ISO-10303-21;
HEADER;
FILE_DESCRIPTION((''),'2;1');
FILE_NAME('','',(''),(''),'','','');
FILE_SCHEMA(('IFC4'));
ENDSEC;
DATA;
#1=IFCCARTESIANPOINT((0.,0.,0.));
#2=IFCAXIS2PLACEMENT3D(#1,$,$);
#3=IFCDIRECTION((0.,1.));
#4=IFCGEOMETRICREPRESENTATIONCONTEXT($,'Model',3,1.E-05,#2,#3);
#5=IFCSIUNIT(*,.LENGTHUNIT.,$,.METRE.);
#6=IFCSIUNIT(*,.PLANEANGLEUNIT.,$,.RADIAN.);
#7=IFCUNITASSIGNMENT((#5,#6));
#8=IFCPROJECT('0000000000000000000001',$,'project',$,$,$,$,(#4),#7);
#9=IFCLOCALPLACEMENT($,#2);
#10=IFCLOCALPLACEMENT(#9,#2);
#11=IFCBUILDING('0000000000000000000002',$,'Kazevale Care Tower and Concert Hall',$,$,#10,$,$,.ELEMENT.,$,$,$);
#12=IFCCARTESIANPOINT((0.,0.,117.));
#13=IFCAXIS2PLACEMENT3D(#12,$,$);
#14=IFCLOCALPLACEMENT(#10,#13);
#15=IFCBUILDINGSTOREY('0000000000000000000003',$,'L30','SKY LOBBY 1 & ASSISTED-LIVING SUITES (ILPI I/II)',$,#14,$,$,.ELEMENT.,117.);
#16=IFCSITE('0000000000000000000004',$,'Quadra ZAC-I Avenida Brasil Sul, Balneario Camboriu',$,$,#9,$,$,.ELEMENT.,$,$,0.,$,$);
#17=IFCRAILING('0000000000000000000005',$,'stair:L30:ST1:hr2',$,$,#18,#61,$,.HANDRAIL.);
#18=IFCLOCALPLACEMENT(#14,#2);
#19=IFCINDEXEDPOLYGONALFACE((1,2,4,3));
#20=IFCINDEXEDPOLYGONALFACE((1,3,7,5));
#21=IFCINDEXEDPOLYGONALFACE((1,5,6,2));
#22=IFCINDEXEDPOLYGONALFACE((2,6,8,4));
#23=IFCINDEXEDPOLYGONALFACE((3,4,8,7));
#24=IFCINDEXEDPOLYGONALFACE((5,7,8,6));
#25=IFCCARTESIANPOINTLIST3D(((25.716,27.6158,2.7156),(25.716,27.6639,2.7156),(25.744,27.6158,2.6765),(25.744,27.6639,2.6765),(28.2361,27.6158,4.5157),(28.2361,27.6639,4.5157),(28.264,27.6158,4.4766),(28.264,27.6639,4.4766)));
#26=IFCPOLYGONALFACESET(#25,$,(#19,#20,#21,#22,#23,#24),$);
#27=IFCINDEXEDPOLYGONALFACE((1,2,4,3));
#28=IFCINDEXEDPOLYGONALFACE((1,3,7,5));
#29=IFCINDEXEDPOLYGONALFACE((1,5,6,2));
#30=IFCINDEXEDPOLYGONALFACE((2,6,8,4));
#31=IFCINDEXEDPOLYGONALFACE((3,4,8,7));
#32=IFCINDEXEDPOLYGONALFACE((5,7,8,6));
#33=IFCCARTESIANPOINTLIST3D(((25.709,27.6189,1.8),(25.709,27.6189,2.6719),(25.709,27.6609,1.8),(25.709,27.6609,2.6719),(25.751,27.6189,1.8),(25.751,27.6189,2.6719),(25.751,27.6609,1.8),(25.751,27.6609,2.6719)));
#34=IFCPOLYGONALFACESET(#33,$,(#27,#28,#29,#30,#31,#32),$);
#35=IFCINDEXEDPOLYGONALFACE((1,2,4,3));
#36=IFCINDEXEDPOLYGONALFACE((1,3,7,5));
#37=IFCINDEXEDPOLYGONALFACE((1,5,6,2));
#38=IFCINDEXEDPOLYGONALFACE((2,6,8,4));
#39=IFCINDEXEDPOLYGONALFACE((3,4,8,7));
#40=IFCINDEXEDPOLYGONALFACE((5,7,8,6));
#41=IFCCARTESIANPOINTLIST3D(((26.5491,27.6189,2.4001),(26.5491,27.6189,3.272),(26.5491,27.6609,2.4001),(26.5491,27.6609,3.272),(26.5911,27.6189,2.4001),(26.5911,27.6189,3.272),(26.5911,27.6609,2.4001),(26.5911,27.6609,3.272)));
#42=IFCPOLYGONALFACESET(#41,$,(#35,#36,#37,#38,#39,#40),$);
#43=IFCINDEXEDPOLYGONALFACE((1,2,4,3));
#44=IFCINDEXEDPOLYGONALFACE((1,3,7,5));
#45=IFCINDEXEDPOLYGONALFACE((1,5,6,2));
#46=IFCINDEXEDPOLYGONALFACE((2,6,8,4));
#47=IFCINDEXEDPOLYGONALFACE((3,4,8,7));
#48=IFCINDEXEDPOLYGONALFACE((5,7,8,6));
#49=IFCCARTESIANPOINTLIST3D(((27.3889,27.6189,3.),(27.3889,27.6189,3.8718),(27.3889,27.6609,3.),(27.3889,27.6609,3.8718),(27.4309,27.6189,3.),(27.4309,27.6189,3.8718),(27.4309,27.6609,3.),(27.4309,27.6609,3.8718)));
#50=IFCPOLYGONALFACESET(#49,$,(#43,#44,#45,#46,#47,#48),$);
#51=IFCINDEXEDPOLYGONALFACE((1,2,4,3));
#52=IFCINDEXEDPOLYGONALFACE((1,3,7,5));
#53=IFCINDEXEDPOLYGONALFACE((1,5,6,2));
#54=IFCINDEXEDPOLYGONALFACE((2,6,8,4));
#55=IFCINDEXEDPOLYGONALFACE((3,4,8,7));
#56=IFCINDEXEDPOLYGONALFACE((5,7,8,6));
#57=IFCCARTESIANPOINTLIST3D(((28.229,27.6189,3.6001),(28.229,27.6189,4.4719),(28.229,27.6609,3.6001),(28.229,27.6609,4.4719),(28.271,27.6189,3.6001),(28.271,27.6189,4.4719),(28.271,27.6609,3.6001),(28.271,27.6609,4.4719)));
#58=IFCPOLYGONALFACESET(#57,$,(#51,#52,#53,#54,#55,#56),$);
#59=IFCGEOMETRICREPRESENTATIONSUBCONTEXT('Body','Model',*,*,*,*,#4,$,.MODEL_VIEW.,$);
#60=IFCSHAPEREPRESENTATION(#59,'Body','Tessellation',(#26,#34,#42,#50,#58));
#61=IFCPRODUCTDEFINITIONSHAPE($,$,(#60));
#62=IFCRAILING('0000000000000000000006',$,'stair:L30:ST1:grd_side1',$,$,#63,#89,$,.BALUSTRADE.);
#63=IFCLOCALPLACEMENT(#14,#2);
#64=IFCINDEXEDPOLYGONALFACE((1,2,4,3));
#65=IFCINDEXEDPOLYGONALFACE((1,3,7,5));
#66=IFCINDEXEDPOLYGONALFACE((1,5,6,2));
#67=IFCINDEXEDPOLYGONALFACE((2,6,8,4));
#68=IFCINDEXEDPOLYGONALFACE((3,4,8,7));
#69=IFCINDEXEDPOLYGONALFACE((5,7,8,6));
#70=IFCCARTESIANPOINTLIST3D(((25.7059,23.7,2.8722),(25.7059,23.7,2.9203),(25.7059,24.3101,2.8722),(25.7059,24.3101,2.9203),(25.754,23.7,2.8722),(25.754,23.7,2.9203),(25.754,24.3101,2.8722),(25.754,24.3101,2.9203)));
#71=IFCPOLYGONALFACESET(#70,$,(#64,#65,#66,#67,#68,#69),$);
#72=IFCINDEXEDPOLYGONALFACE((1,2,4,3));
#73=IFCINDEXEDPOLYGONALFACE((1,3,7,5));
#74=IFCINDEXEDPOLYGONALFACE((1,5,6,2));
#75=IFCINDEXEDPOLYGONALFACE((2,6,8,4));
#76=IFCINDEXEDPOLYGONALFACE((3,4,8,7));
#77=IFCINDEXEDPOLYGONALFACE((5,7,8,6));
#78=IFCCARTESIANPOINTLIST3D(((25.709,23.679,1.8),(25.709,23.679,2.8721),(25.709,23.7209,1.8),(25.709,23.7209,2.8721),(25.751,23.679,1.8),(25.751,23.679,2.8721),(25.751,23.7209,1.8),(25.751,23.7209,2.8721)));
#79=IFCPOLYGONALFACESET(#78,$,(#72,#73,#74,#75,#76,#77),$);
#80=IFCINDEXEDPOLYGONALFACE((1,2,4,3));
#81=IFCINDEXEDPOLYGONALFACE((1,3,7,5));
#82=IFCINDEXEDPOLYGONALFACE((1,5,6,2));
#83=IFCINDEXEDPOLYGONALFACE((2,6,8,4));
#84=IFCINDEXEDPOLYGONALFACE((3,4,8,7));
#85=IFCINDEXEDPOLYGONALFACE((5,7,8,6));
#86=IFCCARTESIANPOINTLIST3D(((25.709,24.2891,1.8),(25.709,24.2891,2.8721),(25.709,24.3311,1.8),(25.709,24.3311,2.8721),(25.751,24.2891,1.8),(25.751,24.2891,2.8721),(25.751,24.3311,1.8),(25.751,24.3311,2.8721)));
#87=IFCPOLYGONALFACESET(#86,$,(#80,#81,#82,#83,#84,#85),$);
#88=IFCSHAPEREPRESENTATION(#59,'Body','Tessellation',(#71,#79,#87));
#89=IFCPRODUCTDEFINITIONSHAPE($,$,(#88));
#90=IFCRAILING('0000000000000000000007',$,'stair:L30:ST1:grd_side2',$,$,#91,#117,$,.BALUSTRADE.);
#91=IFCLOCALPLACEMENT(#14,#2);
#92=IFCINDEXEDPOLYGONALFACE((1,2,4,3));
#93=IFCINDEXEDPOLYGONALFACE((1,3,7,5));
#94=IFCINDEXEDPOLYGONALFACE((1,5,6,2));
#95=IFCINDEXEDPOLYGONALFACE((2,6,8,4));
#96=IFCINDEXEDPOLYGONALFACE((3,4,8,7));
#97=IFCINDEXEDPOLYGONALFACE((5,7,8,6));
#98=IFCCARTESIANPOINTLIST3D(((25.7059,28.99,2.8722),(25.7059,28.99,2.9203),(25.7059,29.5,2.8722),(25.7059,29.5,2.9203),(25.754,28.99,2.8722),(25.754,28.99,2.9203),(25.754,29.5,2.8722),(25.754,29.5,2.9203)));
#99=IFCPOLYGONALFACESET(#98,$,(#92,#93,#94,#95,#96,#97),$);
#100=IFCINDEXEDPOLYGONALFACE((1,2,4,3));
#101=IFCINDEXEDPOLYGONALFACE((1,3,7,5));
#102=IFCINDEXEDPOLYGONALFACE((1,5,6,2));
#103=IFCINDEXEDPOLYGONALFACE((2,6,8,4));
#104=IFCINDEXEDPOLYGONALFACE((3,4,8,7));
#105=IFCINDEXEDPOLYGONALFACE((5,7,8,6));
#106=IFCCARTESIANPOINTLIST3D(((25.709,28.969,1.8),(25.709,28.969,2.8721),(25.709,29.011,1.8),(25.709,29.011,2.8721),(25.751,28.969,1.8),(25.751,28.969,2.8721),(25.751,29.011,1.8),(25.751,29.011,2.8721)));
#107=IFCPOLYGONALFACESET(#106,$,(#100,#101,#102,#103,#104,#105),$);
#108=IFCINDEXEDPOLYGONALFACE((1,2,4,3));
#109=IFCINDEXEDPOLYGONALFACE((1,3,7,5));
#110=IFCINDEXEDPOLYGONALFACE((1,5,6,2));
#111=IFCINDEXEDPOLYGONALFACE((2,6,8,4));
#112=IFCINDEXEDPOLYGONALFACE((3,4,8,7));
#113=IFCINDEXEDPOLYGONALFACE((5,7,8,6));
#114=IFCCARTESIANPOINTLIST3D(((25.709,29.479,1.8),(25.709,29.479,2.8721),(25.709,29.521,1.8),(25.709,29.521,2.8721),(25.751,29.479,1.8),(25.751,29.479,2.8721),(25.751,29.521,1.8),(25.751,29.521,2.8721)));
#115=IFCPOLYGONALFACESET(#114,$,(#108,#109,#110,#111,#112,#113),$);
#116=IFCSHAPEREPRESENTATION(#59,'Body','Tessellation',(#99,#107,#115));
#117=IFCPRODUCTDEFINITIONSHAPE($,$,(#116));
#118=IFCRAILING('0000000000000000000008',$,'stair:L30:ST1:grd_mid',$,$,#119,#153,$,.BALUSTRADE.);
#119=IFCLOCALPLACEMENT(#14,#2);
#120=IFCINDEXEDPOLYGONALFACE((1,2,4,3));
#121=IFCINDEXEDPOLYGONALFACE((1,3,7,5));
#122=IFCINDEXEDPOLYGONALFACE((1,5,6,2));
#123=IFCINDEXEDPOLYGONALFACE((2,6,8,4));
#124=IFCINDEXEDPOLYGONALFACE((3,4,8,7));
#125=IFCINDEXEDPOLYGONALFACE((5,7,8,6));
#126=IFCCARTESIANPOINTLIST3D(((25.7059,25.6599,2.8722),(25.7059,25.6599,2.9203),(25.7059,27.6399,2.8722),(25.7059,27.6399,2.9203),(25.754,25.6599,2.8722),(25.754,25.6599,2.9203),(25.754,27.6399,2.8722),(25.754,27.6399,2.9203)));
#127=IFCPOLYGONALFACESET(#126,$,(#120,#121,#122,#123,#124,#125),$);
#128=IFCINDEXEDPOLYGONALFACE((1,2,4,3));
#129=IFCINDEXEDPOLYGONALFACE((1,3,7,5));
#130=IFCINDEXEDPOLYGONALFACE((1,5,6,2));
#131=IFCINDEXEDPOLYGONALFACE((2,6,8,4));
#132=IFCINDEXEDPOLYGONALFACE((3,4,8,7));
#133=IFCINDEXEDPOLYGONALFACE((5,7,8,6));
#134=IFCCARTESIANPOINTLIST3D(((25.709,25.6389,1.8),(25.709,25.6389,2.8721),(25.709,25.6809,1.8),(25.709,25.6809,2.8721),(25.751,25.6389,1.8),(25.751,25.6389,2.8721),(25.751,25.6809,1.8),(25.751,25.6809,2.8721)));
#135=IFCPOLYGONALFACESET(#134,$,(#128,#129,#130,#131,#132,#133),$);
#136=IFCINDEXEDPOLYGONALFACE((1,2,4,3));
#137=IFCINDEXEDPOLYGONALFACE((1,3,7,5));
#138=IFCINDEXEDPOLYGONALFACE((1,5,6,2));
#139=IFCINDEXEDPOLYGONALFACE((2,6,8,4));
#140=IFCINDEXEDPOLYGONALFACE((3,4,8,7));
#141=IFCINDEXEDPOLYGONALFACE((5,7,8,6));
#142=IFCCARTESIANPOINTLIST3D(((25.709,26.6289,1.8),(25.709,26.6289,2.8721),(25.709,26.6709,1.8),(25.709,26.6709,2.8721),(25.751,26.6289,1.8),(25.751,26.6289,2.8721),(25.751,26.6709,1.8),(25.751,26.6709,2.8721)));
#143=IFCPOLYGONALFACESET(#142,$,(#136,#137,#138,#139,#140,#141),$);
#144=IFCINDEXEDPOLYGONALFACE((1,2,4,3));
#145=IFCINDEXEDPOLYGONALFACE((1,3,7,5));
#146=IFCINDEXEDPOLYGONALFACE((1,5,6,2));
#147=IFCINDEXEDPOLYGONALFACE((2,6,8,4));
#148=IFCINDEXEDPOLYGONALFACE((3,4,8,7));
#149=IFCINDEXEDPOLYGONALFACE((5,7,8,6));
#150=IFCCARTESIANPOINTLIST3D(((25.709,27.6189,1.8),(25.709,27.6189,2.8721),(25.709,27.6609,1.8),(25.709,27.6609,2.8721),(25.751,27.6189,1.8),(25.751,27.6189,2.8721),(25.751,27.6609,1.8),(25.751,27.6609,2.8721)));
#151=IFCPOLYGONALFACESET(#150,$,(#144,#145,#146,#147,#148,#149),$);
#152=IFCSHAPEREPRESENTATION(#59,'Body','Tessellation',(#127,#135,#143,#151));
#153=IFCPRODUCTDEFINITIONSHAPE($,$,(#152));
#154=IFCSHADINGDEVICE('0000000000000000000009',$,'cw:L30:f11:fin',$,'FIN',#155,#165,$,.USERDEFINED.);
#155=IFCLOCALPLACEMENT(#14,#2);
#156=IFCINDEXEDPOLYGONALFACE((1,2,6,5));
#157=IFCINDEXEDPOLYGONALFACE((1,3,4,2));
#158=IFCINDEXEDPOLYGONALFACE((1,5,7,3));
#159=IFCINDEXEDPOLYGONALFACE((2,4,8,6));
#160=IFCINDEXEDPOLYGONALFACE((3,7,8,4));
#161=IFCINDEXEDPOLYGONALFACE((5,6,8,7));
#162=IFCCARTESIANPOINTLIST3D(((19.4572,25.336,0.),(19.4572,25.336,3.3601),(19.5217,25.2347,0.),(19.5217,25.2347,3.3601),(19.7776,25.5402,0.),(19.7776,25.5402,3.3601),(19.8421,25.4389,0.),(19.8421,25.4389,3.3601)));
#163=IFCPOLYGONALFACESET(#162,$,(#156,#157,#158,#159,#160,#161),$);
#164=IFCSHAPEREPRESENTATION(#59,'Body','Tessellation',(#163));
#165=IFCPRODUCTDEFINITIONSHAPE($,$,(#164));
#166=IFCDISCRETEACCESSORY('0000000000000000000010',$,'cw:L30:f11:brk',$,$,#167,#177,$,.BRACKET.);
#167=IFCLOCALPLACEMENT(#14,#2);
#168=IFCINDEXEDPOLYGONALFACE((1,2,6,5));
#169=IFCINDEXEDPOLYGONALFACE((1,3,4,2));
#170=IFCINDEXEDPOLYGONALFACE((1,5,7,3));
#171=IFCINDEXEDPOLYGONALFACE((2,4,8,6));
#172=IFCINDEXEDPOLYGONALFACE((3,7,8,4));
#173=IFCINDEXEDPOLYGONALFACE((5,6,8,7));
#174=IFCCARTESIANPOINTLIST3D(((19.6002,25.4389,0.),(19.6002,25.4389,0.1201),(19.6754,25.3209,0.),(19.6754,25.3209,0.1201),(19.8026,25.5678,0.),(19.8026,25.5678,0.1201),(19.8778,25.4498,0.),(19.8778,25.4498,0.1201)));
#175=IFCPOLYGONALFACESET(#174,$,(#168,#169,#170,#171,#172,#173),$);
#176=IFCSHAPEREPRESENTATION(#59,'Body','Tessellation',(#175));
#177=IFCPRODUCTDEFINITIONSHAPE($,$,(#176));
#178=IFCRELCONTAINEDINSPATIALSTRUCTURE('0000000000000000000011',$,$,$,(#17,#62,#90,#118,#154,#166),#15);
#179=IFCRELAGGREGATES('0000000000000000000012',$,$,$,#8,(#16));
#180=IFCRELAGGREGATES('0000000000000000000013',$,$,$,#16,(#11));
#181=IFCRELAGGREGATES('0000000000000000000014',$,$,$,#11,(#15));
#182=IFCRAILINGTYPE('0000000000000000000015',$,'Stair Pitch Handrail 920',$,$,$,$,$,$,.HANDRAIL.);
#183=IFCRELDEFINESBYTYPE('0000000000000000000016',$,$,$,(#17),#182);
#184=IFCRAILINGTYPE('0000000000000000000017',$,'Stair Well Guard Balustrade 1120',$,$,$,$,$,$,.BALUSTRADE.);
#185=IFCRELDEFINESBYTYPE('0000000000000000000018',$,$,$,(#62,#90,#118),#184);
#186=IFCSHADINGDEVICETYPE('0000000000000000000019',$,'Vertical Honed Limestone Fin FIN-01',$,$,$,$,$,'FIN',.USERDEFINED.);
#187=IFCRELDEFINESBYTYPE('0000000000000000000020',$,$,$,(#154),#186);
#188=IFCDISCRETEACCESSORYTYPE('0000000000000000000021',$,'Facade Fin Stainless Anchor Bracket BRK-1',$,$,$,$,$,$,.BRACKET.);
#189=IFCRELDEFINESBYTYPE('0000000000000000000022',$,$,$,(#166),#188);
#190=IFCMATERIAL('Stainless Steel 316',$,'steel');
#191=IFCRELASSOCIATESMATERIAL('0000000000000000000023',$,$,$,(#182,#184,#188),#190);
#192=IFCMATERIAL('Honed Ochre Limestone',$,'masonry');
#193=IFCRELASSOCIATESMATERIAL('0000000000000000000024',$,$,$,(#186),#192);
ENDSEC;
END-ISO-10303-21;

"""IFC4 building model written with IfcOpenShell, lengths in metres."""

from ifc_helpers import new_model, si_unit, direction, frame, origin, origin_2d, place, context, subcontext, project, spatial, rectangle, extrude, material, type_object, element, save


model = new_model("IFC4")

# Units and contexts
model_context = context("Model", 3, precision=1e-05, world=origin(), true_north=direction((0.0, 1.0)))
body_context = subcontext(model_context, "Body", "Model", "MODEL_VIEW")
ifc_project = project(units=[si_unit("LENGTHUNIT", "METRE"), si_unit("PLANEANGLEUNIT", "RADIAN")], contexts=[model_context])

# Site, building, storey
site_placement = place(None, origin())
site = spatial("IfcSite", under=ifc_project, at=site_placement, Name="Quadra ZAC-I Avenida Brasil Sul, Balneario Camboriu", CompositionType="ELEMENT", RefElevation=0.0)
building_placement = place(site_placement, origin())
building = spatial("IfcBuilding", under=site, at=building_placement, Name="Kazevale Care Tower and Concert Hall", CompositionType="ELEMENT")
storey_placement = place(building_placement, frame((0.0, 0.0, 117.0)))
storey = spatial("IfcBuildingStorey", under=building, at=storey_placement, Name="L30", Description="SKY LOBBY 1 & ASSISTED-LIVING SUITES (ILPI I/II)", CompositionType="ELEMENT", Elevation=117.0)

# Railings
ifc_material_1 = material(Name="Stainless Steel 316", Category="steel")
railing_type_1 = type_object("IfcRailingType", Name="Stair Pitch Handrail 920", PredefinedType="HANDRAIL", material=ifc_material_1)
railing_1_placement = place(storey_placement, frame((25.73, 27.6399, 1.8)))
element("IfcRailing", 1, at=railing_1_placement, inside=storey, type_object=railing_type_1, Name="stair:L30:ST1:hr2", PredefinedType="HANDRAIL", context=body_context, shape_type="SweptSolid", body=[
    extrude(rectangle(XDim=0.0481, YDim=0.0481, at=origin_2d()), frame((0.0, 0.0, 0.896), z_axis=(0.813728, 0.0, 0.581246), x_axis=(0.0, 1.0, 0.0)), (0.0, 0.0, 1.0), 3.0969),
    extrude(rectangle(XDim=0.042, YDim=0.042, at=origin_2d()), origin(), (0.0, 0.0, 1.0), 0.8718),
    extrude(rectangle(XDim=0.042, YDim=0.042, at=origin_2d()), frame((0.8401, 0.0, 0.6001)), (0.0, 0.0, 1.0), 0.8718),
    extrude(rectangle(XDim=0.042, YDim=0.042, at=origin_2d()), frame((1.6799, 0.0, 1.2)), (0.0, 0.0, 1.0), 0.8718),
    extrude(rectangle(XDim=0.042, YDim=0.042, at=origin_2d()), frame((2.52, 0.0, 1.8)), (0.0, 0.0, 1.0), 0.8718),
])
railing_type_2 = type_object("IfcRailingType", Name="Stair Well Guard Balustrade 1120", PredefinedType="BALUSTRADE", material=ifc_material_1)
railing_2_placement = place(storey_placement, frame((25.73, 23.7, 1.8)))
element("IfcRailing", 2, at=railing_2_placement, inside=storey, type_object=railing_type_2, Name="stair:L30:ST1:grd_side1", PredefinedType="BALUSTRADE", context=body_context, shape_type="SweptSolid", body=[
    extrude(rectangle(XDim=0.0481, YDim=0.0481, at=origin_2d()), frame((0.0, 0.0, 1.0962), z_axis=(0.0, 1.0, 0.0), x_axis=(-1.0, 0.0, 0.0)), (0.0, 0.0, 1.0), 0.6101),
    extrude(rectangle(XDim=0.042, YDim=0.042, at=origin_2d()), origin(), (0.0, 0.0, 1.0), 1.072),
    extrude(rectangle(XDim=0.042, YDim=0.042, at=origin_2d()), frame((0.0, 0.6101, 0.0)), (0.0, 0.0, 1.0), 1.072),
])
railing_3_placement = place(storey_placement, frame((25.73, 28.99, 1.8)))
element("IfcRailing", 3, at=railing_3_placement, inside=storey, type_object=railing_type_2, Name="stair:L30:ST1:grd_side2", PredefinedType="BALUSTRADE", context=body_context, shape_type="SweptSolid", body=[
    extrude(rectangle(XDim=0.0481, YDim=0.0481, at=origin_2d()), frame((0.0, 0.0, 1.0962), z_axis=(0.0, 1.0, 0.0), x_axis=(-1.0, 0.0, 0.0)), (0.0, 0.0, 1.0), 0.51),
    extrude(rectangle(XDim=0.042, YDim=0.042, at=origin_2d()), origin(), (0.0, 0.0, 1.0), 1.072),
    extrude(rectangle(XDim=0.042, YDim=0.042, at=origin_2d()), frame((0.0, 0.51, 0.0)), (0.0, 0.0, 1.0), 1.072),
])
railing_4_placement = place(storey_placement, frame((25.73, 25.6599, 1.8)))
element("IfcRailing", 4, at=railing_4_placement, inside=storey, type_object=railing_type_2, Name="stair:L30:ST1:grd_mid", PredefinedType="BALUSTRADE", context=body_context, shape_type="SweptSolid", body=[
    extrude(rectangle(XDim=0.0481, YDim=0.0481, at=origin_2d()), frame((0.0, 0.0, 1.0962), z_axis=(0.0, 1.0, 0.0), x_axis=(-1.0, 0.0, 0.0)), (0.0, 0.0, 1.0), 1.98),
    extrude(rectangle(XDim=0.042, YDim=0.042, at=origin_2d()), origin(), (0.0, 0.0, 1.0), 1.072),
    extrude(rectangle(XDim=0.042, YDim=0.042, at=origin_2d()), frame((0.0, 0.99, 0.0)), (0.0, 0.0, 1.0), 1.072),
    extrude(rectangle(XDim=0.042, YDim=0.042, at=origin_2d()), frame((0.0, 1.98, 0.0)), (0.0, 0.0, 1.0), 1.072),
])

# Shading device
ifc_material_2 = material(Name="Honed Ochre Limestone", Category="masonry")
shading_device_type = type_object("IfcShadingDeviceType", Name="Vertical Honed Limestone Fin FIN-01", ElementType="FIN", PredefinedType="USERDEFINED", material=ifc_material_2)
shading_device_placement = place(storey_placement, frame((19.6497, 25.3875, 0.0), z_axis=(0.0, 0.0, 1.0), x_axis=(-0.843391, -0.5373, 0.0)))
element("IfcShadingDevice", 5, at=shading_device_placement, inside=storey, type_object=shading_device_type, Name="cw:L30:f11:fin", ObjectType="FIN", PredefinedType="USERDEFINED", context=body_context, shape_type="SweptSolid", body=[
    extrude(rectangle(XDim=0.3799, YDim=0.1201, at=origin_2d()), origin(), (0.0, 0.0, 1.0), 3.3601),
])

# Discrete accessory
discrete_accessory_type = type_object("IfcDiscreteAccessoryType", Name="Facade Fin Stainless Anchor Bracket BRK-1", PredefinedType="BRACKET", material=ifc_material_1)
discrete_accessory_placement = place(storey_placement, frame((19.739, 25.4443, 0.0), z_axis=(0.0, 0.0, 1.0), x_axis=(-0.843391, -0.5373, 0.0)))
element("IfcDiscreteAccessory", 6, at=discrete_accessory_placement, inside=storey, type_object=discrete_accessory_type, Name="cw:L30:f11:brk", PredefinedType="BRACKET", context=body_context, shape_type="SweptSolid", body=[
    extrude(rectangle(XDim=0.24, YDim=0.1399, at=origin_2d()), origin(), (0.0, 0.0, 1.0), 0.1201),
])

save(model, "model.ifc")
